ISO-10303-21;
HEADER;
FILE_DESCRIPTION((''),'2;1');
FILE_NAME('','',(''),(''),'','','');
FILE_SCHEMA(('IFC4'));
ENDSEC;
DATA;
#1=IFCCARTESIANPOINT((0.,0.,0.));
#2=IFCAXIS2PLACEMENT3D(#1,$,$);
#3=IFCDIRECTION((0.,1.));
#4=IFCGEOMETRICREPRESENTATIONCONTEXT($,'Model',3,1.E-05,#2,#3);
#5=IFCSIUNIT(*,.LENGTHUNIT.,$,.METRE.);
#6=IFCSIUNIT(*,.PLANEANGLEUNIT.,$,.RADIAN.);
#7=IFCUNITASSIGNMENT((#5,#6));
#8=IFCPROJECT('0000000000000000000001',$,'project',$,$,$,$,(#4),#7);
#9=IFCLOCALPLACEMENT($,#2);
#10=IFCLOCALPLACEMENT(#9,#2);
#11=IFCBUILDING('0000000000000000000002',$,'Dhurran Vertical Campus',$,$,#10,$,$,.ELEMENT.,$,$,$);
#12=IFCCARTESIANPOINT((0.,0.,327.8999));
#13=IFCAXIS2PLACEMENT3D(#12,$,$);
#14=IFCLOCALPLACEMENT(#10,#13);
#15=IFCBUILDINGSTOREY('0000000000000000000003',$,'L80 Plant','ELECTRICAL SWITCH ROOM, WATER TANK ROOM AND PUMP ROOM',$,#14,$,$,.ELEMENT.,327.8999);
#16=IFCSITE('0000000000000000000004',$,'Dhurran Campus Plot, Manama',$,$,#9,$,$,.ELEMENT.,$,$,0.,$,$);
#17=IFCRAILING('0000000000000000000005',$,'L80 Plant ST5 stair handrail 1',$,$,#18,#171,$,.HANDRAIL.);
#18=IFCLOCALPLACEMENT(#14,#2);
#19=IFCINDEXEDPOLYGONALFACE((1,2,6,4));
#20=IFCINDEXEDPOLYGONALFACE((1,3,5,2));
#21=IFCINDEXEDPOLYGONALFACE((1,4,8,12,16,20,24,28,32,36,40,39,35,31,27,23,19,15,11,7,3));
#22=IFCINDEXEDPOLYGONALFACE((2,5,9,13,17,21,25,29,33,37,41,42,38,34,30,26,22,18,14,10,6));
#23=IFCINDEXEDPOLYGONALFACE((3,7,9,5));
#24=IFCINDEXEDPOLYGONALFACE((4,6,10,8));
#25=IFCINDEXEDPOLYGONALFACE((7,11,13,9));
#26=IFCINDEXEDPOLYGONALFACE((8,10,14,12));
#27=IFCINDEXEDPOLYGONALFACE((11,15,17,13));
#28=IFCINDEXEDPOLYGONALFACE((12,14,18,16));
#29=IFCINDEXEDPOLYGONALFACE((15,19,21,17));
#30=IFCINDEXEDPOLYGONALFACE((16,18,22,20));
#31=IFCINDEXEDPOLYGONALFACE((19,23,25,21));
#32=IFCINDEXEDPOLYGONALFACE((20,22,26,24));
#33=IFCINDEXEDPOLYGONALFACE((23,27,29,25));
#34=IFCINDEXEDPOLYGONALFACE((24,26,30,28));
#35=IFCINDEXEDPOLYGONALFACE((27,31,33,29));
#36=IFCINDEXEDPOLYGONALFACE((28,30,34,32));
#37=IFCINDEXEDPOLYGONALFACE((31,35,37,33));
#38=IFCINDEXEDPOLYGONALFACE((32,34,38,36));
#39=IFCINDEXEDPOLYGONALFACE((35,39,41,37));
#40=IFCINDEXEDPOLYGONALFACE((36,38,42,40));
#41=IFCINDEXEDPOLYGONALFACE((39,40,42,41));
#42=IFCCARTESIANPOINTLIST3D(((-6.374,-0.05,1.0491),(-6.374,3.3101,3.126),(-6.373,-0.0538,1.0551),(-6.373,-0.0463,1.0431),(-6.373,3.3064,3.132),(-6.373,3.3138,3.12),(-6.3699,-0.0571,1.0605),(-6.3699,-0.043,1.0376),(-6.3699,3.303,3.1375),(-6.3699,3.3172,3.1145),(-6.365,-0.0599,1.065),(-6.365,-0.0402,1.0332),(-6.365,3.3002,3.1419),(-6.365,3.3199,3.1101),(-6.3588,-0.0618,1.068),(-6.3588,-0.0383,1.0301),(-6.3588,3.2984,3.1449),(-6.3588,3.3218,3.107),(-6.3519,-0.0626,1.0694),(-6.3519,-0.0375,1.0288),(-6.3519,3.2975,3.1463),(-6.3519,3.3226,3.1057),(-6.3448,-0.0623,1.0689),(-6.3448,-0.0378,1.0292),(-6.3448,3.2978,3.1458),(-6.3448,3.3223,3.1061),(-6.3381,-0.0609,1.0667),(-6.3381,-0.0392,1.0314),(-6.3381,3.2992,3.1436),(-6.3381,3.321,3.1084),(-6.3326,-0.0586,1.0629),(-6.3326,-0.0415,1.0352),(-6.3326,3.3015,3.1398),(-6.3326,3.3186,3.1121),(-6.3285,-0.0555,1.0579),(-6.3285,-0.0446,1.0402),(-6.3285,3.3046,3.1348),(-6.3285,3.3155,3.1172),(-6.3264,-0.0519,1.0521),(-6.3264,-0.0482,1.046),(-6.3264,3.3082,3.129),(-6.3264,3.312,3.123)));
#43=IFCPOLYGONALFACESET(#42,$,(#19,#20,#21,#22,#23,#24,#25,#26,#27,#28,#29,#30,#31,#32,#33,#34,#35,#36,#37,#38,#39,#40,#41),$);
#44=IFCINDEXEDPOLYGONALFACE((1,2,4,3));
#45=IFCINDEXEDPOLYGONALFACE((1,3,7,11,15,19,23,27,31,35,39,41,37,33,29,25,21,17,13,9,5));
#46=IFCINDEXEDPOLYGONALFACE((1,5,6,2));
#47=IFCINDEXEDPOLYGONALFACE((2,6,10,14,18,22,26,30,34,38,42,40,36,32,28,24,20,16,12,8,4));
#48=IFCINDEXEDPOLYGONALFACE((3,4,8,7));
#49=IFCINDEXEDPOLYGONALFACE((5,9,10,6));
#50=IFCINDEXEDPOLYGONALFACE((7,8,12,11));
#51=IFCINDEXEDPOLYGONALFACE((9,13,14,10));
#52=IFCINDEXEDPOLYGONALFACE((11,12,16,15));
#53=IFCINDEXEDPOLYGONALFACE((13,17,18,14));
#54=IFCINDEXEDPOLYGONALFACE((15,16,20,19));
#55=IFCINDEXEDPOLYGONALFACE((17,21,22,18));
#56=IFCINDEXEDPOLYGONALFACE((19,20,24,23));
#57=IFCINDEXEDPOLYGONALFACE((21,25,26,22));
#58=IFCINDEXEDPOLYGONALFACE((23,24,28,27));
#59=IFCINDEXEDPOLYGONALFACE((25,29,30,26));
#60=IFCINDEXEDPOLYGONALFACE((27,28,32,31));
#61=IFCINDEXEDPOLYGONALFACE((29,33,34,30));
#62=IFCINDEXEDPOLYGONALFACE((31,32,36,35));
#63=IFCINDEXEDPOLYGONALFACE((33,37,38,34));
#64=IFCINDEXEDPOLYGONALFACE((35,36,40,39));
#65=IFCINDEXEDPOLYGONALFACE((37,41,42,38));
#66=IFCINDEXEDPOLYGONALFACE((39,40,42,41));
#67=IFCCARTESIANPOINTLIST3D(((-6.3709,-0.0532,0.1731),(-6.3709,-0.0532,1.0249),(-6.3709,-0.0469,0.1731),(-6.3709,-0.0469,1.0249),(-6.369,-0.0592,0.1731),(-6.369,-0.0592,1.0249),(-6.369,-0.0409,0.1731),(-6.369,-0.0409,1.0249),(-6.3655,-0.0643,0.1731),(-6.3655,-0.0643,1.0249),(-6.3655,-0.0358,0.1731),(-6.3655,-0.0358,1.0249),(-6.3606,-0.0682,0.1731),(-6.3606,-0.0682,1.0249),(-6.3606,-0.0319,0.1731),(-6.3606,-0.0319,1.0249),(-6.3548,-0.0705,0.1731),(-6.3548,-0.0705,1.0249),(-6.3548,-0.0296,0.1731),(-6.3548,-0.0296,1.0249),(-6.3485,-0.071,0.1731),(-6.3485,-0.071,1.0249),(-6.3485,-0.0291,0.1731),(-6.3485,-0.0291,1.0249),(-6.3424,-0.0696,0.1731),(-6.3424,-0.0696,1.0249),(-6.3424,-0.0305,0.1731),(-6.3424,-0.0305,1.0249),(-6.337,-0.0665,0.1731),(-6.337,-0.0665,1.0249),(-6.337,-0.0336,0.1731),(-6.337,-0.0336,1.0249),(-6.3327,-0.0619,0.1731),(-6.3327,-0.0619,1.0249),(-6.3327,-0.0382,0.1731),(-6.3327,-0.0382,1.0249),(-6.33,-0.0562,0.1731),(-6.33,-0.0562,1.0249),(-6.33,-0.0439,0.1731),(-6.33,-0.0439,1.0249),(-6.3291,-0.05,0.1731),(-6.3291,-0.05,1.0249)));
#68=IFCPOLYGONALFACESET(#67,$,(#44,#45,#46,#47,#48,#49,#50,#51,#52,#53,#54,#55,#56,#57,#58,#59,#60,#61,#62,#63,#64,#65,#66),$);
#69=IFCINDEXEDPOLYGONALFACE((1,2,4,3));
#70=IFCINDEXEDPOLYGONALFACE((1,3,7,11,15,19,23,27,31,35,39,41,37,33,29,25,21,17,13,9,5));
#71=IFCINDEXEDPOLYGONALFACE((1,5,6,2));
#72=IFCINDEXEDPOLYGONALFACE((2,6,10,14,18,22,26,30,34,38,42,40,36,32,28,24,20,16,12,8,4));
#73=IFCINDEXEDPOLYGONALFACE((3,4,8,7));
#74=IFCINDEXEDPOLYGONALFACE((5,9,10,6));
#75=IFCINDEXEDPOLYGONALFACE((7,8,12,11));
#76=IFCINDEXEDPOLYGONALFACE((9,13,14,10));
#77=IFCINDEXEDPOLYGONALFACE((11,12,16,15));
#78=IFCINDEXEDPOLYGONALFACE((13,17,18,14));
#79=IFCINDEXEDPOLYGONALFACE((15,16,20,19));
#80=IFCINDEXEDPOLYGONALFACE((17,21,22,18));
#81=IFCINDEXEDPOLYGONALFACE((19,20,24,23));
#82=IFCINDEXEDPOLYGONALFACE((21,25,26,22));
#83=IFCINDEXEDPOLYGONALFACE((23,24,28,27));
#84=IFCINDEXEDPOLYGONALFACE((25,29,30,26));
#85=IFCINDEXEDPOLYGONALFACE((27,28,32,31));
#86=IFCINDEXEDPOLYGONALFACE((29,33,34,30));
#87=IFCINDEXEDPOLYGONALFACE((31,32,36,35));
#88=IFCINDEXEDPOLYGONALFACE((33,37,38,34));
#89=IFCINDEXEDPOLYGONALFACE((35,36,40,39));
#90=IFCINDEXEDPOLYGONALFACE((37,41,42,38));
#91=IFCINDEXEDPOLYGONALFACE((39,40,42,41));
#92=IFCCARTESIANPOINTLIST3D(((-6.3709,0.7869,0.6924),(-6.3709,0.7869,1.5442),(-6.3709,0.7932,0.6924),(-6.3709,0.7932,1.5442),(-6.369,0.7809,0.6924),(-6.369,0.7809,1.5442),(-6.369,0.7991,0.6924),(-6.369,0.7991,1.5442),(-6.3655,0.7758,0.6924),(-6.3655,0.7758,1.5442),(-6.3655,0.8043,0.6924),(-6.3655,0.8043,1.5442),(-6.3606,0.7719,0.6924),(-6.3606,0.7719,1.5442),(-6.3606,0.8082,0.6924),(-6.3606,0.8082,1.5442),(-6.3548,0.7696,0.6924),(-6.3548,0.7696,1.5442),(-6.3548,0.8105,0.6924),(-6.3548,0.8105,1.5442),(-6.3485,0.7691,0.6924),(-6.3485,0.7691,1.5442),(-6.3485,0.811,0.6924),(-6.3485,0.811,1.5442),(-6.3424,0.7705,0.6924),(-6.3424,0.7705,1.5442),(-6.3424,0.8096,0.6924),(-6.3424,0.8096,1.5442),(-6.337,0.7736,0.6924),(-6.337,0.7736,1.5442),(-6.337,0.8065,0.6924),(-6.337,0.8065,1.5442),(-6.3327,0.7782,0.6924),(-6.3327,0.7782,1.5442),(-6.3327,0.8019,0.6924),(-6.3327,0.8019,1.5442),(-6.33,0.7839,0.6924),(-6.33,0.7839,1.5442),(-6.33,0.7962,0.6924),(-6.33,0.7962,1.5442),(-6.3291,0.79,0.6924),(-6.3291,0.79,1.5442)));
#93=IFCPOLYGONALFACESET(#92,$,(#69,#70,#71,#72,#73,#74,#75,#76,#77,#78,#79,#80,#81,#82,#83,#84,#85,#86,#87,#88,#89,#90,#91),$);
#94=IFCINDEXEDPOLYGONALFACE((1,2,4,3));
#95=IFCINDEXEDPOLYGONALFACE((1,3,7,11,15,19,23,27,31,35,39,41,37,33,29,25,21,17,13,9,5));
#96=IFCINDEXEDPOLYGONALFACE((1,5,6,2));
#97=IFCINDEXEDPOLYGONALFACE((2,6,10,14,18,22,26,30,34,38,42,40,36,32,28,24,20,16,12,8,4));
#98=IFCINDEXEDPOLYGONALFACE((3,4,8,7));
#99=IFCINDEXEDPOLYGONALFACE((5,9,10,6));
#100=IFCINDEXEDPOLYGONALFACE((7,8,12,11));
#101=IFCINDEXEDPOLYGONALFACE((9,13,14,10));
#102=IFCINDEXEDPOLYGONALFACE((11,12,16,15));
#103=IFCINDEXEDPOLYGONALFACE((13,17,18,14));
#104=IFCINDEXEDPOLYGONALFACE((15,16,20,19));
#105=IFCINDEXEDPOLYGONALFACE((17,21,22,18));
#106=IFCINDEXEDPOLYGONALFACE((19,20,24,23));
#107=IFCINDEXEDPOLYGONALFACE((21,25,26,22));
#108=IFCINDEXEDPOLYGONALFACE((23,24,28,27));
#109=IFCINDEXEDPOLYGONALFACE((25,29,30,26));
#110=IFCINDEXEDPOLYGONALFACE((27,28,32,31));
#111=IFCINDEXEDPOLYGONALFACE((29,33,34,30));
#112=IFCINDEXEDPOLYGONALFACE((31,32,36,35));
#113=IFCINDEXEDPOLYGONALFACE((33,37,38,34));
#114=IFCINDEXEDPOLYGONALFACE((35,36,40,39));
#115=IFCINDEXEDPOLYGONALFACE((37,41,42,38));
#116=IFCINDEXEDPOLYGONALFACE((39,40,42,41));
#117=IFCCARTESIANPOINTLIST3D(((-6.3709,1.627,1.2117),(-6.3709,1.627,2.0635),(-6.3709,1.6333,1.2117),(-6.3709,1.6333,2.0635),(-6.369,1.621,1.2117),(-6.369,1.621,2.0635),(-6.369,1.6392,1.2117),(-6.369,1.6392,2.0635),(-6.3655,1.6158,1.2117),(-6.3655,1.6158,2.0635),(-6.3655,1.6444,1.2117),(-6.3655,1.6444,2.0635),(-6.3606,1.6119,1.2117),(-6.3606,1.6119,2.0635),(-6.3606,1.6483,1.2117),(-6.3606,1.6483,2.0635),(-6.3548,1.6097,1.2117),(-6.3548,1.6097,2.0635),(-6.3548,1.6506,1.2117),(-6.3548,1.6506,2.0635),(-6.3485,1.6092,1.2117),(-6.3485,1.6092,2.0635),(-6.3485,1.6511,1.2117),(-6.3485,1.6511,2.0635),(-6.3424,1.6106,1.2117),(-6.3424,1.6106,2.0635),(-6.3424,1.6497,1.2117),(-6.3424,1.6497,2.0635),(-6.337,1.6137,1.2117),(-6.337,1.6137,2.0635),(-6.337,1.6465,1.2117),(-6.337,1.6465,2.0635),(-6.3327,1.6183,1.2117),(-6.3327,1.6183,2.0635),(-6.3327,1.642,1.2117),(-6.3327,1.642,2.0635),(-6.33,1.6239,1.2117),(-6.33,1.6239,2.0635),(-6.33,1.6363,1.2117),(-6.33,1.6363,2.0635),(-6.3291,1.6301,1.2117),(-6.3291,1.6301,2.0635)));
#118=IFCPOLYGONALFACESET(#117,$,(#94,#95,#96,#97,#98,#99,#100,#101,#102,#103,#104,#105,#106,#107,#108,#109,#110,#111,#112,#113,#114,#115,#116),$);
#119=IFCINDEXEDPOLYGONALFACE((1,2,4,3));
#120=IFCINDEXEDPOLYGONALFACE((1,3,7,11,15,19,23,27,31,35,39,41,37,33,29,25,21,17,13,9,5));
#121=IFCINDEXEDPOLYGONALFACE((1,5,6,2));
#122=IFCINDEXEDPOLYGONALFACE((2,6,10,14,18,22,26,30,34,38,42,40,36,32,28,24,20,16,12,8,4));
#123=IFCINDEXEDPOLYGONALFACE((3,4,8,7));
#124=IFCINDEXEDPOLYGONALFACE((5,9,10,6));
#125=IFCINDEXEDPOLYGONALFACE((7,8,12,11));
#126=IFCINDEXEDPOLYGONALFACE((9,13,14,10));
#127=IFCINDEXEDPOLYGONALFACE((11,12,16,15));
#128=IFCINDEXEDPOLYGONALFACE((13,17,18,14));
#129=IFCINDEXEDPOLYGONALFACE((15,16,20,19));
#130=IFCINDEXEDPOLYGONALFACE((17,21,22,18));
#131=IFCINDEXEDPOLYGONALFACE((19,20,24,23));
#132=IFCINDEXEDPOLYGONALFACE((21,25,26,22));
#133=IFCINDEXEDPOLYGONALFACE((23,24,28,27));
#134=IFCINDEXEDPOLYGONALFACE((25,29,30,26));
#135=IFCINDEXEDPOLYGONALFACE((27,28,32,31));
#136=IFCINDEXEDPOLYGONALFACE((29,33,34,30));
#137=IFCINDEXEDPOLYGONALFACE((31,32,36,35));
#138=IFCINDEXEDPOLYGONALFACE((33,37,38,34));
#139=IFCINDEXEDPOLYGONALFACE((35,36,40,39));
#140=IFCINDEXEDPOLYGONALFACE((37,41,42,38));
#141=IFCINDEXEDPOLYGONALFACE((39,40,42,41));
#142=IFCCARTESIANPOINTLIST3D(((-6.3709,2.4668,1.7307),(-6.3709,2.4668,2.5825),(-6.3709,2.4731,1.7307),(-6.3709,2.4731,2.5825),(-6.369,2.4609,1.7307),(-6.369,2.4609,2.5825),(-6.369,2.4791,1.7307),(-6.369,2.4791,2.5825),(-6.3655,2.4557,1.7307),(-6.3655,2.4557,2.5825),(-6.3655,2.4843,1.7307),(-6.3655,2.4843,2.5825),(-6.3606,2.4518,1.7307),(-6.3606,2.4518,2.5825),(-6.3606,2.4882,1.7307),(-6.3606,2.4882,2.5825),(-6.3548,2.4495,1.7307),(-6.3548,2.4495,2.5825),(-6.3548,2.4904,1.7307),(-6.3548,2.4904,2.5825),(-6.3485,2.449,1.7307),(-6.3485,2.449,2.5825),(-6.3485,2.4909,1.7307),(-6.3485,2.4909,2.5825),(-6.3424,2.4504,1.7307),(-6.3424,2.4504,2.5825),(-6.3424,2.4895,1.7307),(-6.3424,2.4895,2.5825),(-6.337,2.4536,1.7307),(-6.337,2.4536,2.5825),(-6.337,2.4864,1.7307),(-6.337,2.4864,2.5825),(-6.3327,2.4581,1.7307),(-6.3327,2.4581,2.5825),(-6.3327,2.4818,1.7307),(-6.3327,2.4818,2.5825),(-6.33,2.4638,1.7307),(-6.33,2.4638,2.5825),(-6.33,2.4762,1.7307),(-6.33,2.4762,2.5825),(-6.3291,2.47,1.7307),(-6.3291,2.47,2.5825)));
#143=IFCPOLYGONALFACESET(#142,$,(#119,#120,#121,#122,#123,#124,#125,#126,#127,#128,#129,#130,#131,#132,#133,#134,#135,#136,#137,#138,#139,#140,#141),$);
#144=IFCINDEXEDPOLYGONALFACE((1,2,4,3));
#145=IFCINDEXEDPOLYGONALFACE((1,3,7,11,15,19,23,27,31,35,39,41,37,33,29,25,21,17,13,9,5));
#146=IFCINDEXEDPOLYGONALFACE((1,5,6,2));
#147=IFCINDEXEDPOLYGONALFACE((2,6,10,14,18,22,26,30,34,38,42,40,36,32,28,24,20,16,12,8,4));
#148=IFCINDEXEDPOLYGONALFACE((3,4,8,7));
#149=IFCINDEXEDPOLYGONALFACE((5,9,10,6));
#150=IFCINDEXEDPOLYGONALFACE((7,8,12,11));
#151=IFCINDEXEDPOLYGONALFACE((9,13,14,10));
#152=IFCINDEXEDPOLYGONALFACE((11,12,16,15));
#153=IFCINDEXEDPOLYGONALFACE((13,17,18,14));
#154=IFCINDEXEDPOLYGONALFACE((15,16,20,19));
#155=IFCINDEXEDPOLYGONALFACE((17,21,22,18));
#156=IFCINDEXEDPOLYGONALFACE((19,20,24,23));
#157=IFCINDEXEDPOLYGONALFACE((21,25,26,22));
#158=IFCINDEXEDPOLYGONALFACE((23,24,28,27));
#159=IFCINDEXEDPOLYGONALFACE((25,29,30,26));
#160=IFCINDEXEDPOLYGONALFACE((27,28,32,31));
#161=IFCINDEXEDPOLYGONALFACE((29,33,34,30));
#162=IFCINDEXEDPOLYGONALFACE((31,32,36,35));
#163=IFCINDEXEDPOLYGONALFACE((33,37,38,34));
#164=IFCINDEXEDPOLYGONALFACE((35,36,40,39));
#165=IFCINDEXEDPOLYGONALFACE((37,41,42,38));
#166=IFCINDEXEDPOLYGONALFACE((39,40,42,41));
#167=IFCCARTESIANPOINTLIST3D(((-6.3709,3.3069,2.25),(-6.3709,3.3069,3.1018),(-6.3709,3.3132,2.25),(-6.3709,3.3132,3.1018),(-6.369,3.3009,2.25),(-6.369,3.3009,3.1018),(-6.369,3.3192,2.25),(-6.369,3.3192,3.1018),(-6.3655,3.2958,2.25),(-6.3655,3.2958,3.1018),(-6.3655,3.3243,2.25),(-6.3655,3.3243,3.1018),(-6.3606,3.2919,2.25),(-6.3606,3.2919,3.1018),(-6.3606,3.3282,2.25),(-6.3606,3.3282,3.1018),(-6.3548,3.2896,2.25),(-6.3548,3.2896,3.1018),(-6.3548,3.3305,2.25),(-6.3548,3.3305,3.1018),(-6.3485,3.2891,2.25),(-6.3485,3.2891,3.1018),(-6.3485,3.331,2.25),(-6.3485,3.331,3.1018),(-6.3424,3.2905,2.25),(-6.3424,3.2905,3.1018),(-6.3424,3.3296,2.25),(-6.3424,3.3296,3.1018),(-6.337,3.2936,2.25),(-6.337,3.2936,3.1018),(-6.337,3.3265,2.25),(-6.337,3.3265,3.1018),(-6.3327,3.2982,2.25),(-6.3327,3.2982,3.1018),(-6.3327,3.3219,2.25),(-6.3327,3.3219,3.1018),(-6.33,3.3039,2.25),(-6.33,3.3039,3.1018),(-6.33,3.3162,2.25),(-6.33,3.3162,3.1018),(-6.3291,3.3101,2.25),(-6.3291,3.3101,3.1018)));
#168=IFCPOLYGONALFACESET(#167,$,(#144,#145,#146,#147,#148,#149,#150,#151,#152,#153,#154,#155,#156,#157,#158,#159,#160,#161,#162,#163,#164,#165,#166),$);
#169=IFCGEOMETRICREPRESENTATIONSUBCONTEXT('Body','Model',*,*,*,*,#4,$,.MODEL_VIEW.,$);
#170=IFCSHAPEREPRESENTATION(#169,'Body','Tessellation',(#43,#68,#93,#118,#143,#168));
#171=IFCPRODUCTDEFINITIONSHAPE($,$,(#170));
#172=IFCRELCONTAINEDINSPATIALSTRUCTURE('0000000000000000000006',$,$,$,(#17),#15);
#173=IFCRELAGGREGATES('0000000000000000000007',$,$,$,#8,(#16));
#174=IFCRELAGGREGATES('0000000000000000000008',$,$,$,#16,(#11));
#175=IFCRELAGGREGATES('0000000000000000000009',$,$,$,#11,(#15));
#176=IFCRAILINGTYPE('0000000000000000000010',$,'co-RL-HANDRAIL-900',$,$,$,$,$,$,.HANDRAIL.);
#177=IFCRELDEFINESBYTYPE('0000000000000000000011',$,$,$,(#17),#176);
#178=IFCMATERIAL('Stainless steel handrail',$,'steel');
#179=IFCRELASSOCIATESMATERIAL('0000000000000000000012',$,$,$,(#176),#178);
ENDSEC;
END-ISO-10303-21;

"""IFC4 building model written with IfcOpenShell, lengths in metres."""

from ifc_helpers import new_model, si_unit, direction, frame, origin, origin_2d, place, context, subcontext, project, spatial, circle, extrude, material, type_object, element, save


model = new_model("IFC4")

# Units and contexts
model_context = context("Model", 3, precision=1e-05, world=origin(), true_north=direction((0.0, 1.0)))
body_context = subcontext(model_context, "Body", "Model", "MODEL_VIEW")
ifc_project = project(units=[si_unit("LENGTHUNIT", "METRE"), si_unit("PLANEANGLEUNIT", "RADIAN")], contexts=[model_context])

# Site, building, storey
site_placement = place(None, origin())
site = spatial("IfcSite", under=ifc_project, at=site_placement, Name="Dhurran Campus Plot, Manama", CompositionType="ELEMENT", RefElevation=0.0)
building_placement = place(site_placement, origin())
building = spatial("IfcBuilding", under=site, at=building_placement, Name="Dhurran Vertical Campus", CompositionType="ELEMENT")
storey_placement = place(building_placement, frame((0.0, 0.0, 327.8999)))
storey = spatial("IfcBuildingStorey", under=building, at=storey_placement, Name="L80 Plant", Description="ELECTRICAL SWITCH ROOM, WATER TANK ROOM AND PUMP ROOM", CompositionType="ELEMENT", Elevation=327.8999)

# Railing
ifc_material_1 = material(Name="Stainless steel handrail", Category="steel")
railing_type_1 = type_object("IfcRailingType", Name="co-RL-HANDRAIL-900", PredefinedType="HANDRAIL", material=ifc_material_1)
railing_1_placement = place(storey_placement, frame((-6.3501, -0.05, 0.1731)))
element("IfcRailing", 1, at=railing_1_placement, inside=storey, type_object=railing_type_1, Name="L80 Plant ST5 stair handrail 1", PredefinedType="HANDRAIL", context=body_context, shape_type="SweptSolid", body=[
    extrude(circle(Radius=0.0239, at=origin_2d()), frame((0.0, 0.0, 0.876), z_axis=(0.0, 0.850623, 0.525776), x_axis=(-1.0, 0.0, 0.0)), (0.0, 0.0, 1.0), 3.9502),
    extrude(circle(Radius=0.021, at=origin_2d()), origin(), (0.0, 0.0, 1.0), 0.8518),
    extrude(circle(Radius=0.021, at=origin_2d()), frame((0.0, 0.8401, 0.5193)), (0.0, 0.0, 1.0), 0.8518),
    extrude(circle(Radius=0.021, at=origin_2d()), frame((0.0, 1.6802, 1.0386)), (0.0, 0.0, 1.0), 0.8518),
    extrude(circle(Radius=0.021, at=origin_2d()), frame((0.0, 2.52, 1.5576)), (0.0, 0.0, 1.0), 0.8518),
    extrude(circle(Radius=0.021, at=origin_2d()), frame((0.0, 3.3601, 2.0769)), (0.0, 0.0, 1.0), 0.8518),
])

save(model, "model.ifc")
